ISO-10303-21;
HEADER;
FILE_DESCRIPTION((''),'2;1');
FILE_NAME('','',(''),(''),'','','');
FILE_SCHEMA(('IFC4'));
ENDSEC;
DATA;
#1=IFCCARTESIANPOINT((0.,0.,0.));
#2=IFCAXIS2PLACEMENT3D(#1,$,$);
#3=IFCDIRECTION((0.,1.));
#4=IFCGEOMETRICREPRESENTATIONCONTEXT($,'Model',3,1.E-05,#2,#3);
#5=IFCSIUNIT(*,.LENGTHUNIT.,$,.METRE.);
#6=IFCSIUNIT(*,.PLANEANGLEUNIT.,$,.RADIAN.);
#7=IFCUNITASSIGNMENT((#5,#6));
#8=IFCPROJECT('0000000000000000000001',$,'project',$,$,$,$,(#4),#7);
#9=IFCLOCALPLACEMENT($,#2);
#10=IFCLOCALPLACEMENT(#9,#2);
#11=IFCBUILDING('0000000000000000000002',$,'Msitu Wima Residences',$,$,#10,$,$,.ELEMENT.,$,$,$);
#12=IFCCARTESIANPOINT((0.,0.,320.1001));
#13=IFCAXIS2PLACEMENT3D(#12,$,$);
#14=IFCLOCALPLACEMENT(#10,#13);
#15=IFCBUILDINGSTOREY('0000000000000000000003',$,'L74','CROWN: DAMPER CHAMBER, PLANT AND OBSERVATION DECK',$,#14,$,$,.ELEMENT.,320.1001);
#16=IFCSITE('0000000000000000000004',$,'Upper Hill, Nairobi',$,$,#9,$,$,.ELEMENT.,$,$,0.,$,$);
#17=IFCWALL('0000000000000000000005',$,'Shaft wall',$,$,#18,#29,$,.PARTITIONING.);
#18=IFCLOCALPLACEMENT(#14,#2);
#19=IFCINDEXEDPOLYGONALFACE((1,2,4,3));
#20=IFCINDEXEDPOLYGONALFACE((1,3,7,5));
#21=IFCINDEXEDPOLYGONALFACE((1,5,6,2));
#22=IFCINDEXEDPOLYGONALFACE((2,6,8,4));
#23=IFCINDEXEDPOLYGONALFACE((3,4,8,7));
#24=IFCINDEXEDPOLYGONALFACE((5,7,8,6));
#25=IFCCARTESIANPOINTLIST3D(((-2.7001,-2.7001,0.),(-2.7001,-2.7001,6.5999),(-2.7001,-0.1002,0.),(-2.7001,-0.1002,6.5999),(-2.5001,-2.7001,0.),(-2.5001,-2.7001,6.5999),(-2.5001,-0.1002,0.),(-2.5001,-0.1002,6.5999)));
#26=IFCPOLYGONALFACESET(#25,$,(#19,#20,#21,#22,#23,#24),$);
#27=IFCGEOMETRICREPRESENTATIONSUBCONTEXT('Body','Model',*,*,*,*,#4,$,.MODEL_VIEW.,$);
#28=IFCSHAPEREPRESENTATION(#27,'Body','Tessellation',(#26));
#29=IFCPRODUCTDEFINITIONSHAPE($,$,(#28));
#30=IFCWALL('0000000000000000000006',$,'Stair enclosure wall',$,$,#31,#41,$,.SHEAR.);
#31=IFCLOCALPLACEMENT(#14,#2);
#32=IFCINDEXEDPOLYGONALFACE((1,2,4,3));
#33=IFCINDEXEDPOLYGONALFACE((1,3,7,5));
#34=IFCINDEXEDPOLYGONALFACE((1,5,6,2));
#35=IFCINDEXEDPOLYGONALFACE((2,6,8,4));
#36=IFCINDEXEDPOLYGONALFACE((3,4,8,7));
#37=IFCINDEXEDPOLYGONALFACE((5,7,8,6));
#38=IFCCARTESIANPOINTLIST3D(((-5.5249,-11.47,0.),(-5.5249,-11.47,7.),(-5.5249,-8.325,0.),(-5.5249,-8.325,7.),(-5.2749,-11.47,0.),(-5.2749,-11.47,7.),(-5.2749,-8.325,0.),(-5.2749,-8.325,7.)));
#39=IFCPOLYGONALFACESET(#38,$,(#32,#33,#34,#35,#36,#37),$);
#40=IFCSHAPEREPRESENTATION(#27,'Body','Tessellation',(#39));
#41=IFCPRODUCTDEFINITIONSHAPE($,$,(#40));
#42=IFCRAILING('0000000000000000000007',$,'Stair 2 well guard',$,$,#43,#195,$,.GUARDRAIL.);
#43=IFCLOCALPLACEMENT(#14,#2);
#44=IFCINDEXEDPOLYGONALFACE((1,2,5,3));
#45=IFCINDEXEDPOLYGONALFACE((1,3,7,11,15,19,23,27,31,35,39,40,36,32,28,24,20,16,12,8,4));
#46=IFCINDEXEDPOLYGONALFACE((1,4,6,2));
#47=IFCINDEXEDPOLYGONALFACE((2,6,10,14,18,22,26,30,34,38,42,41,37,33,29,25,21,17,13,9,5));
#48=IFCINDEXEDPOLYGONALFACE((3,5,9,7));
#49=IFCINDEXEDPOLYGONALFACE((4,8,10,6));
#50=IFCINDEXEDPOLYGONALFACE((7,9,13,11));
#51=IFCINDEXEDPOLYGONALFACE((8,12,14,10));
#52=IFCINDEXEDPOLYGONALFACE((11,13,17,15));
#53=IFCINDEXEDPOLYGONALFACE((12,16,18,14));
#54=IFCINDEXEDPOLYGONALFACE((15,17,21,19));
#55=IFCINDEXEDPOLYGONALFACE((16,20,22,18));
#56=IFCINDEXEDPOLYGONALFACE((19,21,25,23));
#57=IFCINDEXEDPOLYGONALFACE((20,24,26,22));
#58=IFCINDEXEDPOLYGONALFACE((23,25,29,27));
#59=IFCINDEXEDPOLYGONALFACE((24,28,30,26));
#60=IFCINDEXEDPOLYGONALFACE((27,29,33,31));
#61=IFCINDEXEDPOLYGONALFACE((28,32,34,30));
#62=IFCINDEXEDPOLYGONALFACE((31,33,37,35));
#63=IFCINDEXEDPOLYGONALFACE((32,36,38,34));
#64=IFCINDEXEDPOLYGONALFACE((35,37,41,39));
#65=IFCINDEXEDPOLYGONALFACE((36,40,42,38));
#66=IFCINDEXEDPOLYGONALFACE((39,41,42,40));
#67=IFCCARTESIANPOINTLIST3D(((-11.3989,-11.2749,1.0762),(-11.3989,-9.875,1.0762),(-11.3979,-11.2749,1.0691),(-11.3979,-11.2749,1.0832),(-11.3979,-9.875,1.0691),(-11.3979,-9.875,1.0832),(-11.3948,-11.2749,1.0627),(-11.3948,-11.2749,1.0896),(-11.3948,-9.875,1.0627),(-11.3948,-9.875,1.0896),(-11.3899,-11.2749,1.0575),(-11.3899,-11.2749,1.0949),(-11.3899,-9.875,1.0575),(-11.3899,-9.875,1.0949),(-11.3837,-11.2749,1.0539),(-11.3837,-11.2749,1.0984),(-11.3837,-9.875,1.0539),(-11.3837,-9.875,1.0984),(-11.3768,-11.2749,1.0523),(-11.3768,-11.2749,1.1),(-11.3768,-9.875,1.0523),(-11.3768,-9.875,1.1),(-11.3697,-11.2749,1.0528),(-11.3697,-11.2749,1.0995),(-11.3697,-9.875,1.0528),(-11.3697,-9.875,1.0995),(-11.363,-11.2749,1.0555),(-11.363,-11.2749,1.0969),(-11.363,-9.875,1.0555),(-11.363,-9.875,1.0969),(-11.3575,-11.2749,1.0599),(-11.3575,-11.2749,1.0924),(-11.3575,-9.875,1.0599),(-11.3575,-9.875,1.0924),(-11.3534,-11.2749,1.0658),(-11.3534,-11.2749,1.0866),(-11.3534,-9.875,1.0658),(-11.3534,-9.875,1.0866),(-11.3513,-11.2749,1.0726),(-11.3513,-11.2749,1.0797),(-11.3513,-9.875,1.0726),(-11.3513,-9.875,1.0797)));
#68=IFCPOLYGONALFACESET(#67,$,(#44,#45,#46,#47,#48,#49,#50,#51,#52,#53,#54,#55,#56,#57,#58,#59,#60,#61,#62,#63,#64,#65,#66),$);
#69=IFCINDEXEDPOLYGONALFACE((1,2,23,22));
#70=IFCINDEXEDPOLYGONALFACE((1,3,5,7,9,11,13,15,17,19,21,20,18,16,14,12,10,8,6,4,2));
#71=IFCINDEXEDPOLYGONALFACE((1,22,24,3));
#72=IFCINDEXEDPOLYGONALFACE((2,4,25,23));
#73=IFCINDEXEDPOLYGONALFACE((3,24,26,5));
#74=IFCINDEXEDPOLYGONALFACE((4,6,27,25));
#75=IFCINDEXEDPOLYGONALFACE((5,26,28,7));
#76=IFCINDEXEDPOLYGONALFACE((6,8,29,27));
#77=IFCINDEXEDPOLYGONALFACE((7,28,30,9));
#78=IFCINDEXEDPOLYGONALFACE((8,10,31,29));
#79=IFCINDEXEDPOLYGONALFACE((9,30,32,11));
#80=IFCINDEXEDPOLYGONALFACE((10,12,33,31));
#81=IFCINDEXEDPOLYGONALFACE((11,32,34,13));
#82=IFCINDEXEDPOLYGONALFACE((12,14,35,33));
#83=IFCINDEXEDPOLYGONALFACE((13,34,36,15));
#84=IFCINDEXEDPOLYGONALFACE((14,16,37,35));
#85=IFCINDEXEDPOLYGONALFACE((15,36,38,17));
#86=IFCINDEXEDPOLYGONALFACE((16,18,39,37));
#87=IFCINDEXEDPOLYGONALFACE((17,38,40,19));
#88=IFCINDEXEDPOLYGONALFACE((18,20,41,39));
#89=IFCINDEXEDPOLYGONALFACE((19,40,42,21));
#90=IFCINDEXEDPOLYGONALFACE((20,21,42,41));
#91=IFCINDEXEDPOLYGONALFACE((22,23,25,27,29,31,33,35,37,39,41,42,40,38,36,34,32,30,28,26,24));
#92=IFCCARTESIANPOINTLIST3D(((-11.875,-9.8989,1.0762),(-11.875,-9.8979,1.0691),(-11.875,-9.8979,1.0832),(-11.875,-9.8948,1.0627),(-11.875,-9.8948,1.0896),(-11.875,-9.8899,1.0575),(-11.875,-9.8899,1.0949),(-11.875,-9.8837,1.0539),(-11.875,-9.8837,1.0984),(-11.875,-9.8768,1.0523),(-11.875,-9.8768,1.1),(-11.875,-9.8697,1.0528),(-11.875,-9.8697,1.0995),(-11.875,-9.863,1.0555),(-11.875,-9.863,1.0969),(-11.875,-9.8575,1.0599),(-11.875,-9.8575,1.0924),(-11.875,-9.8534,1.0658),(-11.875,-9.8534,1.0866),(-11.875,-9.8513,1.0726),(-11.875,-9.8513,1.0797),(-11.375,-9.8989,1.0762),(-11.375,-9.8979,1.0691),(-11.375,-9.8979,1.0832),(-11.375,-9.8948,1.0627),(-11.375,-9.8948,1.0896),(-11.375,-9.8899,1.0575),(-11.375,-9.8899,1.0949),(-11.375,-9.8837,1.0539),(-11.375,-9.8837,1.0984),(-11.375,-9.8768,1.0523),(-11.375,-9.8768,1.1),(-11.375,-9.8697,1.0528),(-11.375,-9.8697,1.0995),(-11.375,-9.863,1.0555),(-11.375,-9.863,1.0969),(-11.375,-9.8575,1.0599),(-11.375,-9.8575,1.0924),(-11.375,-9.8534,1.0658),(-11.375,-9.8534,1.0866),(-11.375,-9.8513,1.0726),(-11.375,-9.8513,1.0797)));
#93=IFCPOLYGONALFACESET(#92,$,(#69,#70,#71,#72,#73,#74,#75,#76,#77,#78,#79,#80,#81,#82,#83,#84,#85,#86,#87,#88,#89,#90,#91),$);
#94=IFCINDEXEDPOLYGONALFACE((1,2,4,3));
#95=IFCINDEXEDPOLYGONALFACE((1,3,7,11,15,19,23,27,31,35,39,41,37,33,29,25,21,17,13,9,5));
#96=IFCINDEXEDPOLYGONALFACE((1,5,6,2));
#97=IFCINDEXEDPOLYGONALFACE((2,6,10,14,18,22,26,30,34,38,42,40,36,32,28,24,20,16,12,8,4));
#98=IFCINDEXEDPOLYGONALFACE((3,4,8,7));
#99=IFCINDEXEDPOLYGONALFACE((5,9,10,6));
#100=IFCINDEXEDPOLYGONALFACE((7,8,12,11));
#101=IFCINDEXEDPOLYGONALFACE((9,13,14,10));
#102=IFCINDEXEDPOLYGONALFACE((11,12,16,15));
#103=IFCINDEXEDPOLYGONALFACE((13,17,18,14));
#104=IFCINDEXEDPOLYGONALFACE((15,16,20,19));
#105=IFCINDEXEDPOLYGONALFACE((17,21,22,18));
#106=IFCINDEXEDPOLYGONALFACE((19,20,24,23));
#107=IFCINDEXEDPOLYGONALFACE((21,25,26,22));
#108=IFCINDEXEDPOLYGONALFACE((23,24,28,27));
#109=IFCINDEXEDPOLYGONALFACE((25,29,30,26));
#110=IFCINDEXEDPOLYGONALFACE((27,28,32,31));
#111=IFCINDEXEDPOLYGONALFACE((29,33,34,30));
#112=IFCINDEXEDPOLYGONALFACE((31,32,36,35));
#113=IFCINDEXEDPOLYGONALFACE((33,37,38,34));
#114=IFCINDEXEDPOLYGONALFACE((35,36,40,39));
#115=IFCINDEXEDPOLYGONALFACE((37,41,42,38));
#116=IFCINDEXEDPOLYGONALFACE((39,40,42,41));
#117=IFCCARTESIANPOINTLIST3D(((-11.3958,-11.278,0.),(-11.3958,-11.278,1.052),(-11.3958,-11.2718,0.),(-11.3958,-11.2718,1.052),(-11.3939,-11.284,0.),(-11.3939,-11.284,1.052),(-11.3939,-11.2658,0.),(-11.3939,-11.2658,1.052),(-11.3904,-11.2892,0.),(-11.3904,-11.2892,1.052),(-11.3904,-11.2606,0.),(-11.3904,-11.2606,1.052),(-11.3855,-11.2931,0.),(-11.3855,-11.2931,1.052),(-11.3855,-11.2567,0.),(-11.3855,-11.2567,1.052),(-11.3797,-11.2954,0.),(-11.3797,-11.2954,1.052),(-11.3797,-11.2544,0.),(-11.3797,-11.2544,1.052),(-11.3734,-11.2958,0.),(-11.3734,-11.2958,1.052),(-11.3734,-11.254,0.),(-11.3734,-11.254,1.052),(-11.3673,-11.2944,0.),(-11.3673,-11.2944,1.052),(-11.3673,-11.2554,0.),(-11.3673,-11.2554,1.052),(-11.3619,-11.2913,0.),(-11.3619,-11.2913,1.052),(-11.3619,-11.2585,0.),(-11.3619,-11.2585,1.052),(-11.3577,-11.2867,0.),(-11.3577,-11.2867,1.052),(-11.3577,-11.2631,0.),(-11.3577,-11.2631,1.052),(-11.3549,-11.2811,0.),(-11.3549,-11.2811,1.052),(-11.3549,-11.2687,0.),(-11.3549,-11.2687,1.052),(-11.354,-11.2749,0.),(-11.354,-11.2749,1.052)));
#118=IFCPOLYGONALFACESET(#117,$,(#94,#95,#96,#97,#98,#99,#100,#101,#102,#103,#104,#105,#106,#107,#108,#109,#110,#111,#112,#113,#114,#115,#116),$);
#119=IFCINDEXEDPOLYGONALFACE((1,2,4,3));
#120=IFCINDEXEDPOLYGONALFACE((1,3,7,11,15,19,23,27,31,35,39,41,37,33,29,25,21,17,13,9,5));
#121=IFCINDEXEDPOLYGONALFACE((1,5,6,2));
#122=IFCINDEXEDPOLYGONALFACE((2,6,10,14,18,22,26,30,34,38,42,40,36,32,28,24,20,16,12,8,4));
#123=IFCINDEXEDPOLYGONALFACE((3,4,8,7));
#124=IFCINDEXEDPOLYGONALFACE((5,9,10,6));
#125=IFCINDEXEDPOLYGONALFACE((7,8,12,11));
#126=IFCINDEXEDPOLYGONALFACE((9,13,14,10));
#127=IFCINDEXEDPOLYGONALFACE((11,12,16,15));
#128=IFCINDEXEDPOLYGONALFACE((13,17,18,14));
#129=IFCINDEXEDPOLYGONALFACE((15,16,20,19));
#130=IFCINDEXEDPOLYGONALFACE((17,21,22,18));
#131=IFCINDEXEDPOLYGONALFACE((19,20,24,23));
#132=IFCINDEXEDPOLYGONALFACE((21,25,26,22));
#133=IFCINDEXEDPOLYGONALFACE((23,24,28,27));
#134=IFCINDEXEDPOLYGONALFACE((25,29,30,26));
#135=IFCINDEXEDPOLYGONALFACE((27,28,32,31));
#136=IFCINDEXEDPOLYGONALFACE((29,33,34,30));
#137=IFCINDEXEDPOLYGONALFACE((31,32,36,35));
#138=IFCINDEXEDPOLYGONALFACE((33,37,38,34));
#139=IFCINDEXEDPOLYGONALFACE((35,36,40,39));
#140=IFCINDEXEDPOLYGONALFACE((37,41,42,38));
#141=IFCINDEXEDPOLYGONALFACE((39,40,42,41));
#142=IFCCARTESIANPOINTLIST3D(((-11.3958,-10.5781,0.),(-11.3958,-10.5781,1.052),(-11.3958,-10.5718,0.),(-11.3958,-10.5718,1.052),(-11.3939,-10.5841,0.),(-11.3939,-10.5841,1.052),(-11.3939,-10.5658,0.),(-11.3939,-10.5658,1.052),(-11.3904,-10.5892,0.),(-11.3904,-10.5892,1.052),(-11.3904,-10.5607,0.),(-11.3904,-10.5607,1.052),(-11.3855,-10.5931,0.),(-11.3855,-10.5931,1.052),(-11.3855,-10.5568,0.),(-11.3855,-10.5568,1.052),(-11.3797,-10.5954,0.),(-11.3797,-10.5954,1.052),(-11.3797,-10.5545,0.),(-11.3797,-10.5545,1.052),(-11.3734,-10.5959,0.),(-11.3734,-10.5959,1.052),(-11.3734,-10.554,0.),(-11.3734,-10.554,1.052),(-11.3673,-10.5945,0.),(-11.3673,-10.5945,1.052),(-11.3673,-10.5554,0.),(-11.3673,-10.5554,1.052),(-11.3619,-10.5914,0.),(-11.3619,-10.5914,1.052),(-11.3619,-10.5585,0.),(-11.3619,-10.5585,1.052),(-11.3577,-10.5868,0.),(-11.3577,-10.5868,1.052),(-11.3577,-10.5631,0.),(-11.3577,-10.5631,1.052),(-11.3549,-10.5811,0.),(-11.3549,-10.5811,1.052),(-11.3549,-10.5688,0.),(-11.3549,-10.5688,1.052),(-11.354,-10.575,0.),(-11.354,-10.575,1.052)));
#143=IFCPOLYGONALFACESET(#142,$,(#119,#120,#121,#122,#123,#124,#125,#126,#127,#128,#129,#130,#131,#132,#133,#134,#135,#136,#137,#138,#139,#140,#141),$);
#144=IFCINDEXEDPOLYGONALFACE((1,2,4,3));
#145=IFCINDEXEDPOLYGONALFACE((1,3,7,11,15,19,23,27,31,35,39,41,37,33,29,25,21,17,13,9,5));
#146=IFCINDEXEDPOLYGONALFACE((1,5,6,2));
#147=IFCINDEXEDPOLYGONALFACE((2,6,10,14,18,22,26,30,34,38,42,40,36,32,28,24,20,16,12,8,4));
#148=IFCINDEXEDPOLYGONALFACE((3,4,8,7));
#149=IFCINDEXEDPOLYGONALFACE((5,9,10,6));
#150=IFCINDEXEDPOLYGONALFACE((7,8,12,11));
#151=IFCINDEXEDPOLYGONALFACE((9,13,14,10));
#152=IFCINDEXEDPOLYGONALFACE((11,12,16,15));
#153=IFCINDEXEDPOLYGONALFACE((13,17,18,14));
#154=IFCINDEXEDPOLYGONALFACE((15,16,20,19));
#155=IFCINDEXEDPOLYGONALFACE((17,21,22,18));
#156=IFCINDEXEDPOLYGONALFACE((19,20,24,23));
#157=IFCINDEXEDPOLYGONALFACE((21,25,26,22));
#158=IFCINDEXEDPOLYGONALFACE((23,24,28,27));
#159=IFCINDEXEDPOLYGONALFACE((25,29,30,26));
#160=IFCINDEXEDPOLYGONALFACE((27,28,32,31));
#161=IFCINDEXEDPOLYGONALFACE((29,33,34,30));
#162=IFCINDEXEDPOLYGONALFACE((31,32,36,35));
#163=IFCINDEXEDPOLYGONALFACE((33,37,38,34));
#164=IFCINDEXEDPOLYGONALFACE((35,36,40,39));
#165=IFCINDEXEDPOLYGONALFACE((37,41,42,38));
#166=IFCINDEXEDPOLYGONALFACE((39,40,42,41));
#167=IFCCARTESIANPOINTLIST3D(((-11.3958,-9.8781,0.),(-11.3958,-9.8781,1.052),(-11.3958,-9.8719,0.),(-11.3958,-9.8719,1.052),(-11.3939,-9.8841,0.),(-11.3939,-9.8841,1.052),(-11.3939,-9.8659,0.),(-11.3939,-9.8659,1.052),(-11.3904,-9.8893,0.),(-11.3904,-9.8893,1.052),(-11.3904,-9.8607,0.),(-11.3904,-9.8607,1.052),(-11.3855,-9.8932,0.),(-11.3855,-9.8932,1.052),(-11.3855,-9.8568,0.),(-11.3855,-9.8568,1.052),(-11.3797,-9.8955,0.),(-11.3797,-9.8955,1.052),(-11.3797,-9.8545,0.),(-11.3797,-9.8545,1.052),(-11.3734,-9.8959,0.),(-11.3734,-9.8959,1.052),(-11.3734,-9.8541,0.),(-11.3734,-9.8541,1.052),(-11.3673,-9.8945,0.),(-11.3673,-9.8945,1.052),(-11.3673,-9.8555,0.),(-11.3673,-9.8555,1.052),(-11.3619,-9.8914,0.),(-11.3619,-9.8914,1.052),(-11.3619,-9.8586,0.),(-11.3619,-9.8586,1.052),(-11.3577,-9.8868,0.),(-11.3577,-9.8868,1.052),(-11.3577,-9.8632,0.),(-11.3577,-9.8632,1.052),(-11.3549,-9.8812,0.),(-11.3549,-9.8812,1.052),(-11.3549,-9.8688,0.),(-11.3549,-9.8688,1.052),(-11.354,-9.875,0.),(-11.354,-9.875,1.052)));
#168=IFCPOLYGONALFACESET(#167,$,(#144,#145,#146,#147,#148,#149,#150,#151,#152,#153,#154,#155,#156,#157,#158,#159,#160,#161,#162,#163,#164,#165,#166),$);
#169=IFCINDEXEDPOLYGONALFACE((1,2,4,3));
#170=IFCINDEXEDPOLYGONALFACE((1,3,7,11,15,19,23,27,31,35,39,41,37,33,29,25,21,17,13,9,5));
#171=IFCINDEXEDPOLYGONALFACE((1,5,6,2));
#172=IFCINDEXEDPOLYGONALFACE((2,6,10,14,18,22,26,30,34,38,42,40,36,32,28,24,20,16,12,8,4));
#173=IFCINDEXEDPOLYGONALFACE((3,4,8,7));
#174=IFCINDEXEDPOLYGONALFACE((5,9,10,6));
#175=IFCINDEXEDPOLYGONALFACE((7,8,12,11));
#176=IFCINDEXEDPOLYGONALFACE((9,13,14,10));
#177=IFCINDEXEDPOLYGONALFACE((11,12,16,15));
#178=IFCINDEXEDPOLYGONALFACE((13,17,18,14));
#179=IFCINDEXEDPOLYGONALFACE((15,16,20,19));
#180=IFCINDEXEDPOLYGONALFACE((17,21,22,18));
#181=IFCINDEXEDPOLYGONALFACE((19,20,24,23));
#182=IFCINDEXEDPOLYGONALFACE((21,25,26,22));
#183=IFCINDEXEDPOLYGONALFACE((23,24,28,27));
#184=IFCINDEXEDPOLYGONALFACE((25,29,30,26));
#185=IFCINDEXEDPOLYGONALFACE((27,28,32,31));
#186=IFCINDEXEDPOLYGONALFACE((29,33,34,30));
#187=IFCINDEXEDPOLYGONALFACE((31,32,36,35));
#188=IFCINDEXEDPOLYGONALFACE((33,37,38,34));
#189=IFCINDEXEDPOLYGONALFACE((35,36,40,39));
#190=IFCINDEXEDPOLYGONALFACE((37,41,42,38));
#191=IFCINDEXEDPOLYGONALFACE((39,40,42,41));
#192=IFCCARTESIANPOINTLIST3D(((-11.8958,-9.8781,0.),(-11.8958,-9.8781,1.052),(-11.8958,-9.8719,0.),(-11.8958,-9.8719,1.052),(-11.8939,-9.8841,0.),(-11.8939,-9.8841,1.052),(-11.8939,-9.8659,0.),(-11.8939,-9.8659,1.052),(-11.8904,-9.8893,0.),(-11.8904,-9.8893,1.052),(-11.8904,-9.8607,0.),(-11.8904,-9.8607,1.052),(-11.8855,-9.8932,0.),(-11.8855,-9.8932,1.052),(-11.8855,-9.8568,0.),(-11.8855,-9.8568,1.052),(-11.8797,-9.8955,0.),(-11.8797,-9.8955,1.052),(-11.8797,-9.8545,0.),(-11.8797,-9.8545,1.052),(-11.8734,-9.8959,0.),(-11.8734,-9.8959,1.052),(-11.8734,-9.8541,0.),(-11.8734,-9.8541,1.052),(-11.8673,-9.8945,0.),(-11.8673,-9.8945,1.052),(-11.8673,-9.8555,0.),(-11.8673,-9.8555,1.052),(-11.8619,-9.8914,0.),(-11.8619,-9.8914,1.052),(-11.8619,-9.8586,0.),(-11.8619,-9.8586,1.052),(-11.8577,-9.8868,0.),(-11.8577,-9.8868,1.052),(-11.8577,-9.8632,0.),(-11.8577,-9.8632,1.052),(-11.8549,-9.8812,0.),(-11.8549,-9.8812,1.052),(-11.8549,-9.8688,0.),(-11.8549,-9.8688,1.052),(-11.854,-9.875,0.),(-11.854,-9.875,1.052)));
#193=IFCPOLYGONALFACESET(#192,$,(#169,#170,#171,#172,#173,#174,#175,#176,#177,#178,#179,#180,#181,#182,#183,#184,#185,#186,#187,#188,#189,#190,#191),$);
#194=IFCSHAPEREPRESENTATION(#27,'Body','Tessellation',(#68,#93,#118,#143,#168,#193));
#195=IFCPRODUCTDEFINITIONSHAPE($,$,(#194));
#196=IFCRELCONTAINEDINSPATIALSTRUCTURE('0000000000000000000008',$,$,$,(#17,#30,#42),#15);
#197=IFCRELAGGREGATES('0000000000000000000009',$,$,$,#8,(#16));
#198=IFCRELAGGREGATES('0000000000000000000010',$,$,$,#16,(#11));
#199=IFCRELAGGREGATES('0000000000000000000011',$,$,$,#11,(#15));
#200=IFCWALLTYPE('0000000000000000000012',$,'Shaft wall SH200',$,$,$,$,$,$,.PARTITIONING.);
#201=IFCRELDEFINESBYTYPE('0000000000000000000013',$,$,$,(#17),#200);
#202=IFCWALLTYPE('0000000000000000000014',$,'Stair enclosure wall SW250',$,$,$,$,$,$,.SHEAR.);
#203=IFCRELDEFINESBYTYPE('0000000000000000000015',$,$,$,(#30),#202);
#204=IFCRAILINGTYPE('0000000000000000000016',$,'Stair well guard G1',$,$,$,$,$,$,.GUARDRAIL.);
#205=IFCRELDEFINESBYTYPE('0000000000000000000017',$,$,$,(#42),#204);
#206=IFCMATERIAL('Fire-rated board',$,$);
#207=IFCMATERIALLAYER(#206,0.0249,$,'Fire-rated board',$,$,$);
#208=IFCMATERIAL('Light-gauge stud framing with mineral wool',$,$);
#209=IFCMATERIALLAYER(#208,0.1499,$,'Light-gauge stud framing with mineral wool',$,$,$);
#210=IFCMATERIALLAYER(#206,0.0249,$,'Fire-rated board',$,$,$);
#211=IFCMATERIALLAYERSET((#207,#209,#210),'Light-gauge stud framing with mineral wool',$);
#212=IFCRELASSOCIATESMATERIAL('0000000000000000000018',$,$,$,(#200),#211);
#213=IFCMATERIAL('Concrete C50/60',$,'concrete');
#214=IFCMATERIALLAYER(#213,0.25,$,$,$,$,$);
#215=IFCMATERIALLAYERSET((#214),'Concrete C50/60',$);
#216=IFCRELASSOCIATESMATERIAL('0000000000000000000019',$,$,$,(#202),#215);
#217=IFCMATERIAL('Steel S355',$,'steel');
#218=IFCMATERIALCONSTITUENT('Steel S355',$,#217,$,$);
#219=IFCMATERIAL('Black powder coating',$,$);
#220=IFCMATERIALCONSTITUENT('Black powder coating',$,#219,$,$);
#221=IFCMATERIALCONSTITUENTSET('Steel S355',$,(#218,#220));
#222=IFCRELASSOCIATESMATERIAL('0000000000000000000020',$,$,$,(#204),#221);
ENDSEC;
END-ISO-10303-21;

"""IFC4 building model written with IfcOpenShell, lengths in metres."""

from ifc_helpers import new_model, si_unit, direction, frame, frame_2d, origin, origin_2d, place, context, subcontext, project, spatial, rectangle, circle, extrude, material, layer, layer_set, constituent, constituent_set, type_object, element, save


model = new_model("IFC4")

# Units and contexts
model_context = context("Model", 3, precision=1e-05, world=origin(), true_north=direction((0.0, 1.0)))
body_context = subcontext(model_context, "Body", "Model", "MODEL_VIEW")
ifc_project = project(units=[si_unit("LENGTHUNIT", "METRE"), si_unit("PLANEANGLEUNIT", "RADIAN")], contexts=[model_context])

# Site, building, storey
site_placement = place(None, origin())
site = spatial("IfcSite", under=ifc_project, at=site_placement, Name="Upper Hill, Nairobi", CompositionType="ELEMENT", RefElevation=0.0)
building_placement = place(site_placement, origin())
building = spatial("IfcBuilding", under=site, at=building_placement, Name="Msitu Wima Residences", CompositionType="ELEMENT")
storey_placement = place(building_placement, frame((0.0, 0.0, 320.1001)))
storey = spatial("IfcBuildingStorey", under=building, at=storey_placement, Name="L74", Description="CROWN: DAMPER CHAMBER, PLANT AND OBSERVATION DECK", CompositionType="ELEMENT", Elevation=320.1001)

# Shared definitions
ifc_material_1 = material(Name="Fire-rated board")
ifc_layer_1 = layer(ifc_material_1, 0.0249, Name="Fire-rated board")
ifc_material_2 = material(Name="Light-gauge stud framing with mineral wool")
ifc_layer_2 = layer(ifc_material_2, 0.1499, Name="Light-gauge stud framing with mineral wool")
ifc_layer_3 = layer(ifc_material_1, 0.0249, Name="Fire-rated board")
ifc_layer_set_1 = layer_set([ifc_layer_1, ifc_layer_2, ifc_layer_3], Name="Light-gauge stud framing with mineral wool")
wall_type_1 = type_object("IfcWallType", Name="Shaft wall SH200", PredefinedType="PARTITIONING", material=ifc_layer_set_1)

# Walls
for number, where, z_axis, x_axis, name in (
    (1, (-2.6001, -2.7, 0.0), (0.0, 0.0, 1.0), (0.0, 1.0, 0.0), "Shaft wall"),
):
    element("IfcWall", number, at=place(storey_placement, frame(where, z_axis=z_axis, x_axis=x_axis)), inside=storey, type_object=wall_type_1, Name=name, PredefinedType="PARTITIONING", context=body_context, shape_type="SweptSolid", body=[
        extrude(rectangle(XDim=2.5999, YDim=0.2, at=frame_2d((1.2998, 0.0))), origin(), (0.0, 0.0, 1.0), 6.5999),
    ])
ifc_material_3 = material(Name="Concrete C50/60", Category="concrete")
ifc_layer_4 = layer(ifc_material_3, 0.25)
ifc_layer_set_2 = layer_set([ifc_layer_4], Name="Concrete C50/60")
wall_type_2 = type_object("IfcWallType", Name="Stair enclosure wall SW250", PredefinedType="SHEAR", material=ifc_layer_set_2)
wall_1_placement = place(storey_placement, frame((-5.3999, -11.47, 0.0), z_axis=(0.0, 0.0, 1.0), x_axis=(0.0, 1.0, 0.0)))
element("IfcWall", 2, at=wall_1_placement, inside=storey, type_object=wall_type_2, Name="Stair enclosure wall", PredefinedType="SHEAR", context=body_context, shape_type="SweptSolid", body=[
    extrude(rectangle(XDim=3.145, YDim=0.25, at=frame_2d((1.5725, 0.0))), origin(), (0.0, 0.0, 1.0), 7.0),
])

# Railing
ifc_material_4 = material(Name="Steel S355", Category="steel")
ifc_constituent_1 = constituent(ifc_material_4, Name="Steel S355")
ifc_material_5 = material(Name="Black powder coating")
ifc_constituent_2 = constituent(ifc_material_5, Name="Black powder coating")
ifc_constituent_set = constituent_set(constituents=[ifc_constituent_1, ifc_constituent_2], Name="Steel S355")
railing_type = type_object("IfcRailingType", Name="Stair well guard G1", PredefinedType="GUARDRAIL", material=ifc_constituent_set)
railing_placement = place(storey_placement, frame((-11.375, -11.2749, 0.0)))
element("IfcRailing", 3, at=railing_placement, inside=storey, type_object=railing_type, Name="Stair 2 well guard", PredefinedType="GUARDRAIL", context=body_context, shape_type="SweptSolid", body=[
    extrude(circle(Radius=0.0239, at=origin_2d()), frame((0.0, 0.0, 1.0762), z_axis=(0.0, 1.0, 0.0), x_axis=(-1.0, 0.0, 0.0)), (0.0, 0.0, 1.0), 1.3999),
    extrude(circle(Radius=0.0239, at=origin_2d()), frame((0.0, 1.3999, 1.0762), z_axis=(-1.0, 0.0, 0.0), x_axis=(0.0, -1.0, 0.0)), (0.0, 0.0, 1.0), 0.5),
    extrude(circle(Radius=0.021, at=origin_2d()), origin(), (0.0, 0.0, 1.0), 1.052),
    extrude(circle(Radius=0.021, at=origin_2d()), frame((0.0, 0.7, 0.0)), (0.0, 0.0, 1.0), 1.052),
    extrude(circle(Radius=0.021, at=origin_2d()), frame((0.0, 1.3999, 0.0)), (0.0, 0.0, 1.0), 1.052),
    extrude(circle(Radius=0.021, at=origin_2d()), frame((-0.5, 1.3999, 0.0)), (0.0, 0.0, 1.0), 1.052),
])

save(model, "model.ifc")
